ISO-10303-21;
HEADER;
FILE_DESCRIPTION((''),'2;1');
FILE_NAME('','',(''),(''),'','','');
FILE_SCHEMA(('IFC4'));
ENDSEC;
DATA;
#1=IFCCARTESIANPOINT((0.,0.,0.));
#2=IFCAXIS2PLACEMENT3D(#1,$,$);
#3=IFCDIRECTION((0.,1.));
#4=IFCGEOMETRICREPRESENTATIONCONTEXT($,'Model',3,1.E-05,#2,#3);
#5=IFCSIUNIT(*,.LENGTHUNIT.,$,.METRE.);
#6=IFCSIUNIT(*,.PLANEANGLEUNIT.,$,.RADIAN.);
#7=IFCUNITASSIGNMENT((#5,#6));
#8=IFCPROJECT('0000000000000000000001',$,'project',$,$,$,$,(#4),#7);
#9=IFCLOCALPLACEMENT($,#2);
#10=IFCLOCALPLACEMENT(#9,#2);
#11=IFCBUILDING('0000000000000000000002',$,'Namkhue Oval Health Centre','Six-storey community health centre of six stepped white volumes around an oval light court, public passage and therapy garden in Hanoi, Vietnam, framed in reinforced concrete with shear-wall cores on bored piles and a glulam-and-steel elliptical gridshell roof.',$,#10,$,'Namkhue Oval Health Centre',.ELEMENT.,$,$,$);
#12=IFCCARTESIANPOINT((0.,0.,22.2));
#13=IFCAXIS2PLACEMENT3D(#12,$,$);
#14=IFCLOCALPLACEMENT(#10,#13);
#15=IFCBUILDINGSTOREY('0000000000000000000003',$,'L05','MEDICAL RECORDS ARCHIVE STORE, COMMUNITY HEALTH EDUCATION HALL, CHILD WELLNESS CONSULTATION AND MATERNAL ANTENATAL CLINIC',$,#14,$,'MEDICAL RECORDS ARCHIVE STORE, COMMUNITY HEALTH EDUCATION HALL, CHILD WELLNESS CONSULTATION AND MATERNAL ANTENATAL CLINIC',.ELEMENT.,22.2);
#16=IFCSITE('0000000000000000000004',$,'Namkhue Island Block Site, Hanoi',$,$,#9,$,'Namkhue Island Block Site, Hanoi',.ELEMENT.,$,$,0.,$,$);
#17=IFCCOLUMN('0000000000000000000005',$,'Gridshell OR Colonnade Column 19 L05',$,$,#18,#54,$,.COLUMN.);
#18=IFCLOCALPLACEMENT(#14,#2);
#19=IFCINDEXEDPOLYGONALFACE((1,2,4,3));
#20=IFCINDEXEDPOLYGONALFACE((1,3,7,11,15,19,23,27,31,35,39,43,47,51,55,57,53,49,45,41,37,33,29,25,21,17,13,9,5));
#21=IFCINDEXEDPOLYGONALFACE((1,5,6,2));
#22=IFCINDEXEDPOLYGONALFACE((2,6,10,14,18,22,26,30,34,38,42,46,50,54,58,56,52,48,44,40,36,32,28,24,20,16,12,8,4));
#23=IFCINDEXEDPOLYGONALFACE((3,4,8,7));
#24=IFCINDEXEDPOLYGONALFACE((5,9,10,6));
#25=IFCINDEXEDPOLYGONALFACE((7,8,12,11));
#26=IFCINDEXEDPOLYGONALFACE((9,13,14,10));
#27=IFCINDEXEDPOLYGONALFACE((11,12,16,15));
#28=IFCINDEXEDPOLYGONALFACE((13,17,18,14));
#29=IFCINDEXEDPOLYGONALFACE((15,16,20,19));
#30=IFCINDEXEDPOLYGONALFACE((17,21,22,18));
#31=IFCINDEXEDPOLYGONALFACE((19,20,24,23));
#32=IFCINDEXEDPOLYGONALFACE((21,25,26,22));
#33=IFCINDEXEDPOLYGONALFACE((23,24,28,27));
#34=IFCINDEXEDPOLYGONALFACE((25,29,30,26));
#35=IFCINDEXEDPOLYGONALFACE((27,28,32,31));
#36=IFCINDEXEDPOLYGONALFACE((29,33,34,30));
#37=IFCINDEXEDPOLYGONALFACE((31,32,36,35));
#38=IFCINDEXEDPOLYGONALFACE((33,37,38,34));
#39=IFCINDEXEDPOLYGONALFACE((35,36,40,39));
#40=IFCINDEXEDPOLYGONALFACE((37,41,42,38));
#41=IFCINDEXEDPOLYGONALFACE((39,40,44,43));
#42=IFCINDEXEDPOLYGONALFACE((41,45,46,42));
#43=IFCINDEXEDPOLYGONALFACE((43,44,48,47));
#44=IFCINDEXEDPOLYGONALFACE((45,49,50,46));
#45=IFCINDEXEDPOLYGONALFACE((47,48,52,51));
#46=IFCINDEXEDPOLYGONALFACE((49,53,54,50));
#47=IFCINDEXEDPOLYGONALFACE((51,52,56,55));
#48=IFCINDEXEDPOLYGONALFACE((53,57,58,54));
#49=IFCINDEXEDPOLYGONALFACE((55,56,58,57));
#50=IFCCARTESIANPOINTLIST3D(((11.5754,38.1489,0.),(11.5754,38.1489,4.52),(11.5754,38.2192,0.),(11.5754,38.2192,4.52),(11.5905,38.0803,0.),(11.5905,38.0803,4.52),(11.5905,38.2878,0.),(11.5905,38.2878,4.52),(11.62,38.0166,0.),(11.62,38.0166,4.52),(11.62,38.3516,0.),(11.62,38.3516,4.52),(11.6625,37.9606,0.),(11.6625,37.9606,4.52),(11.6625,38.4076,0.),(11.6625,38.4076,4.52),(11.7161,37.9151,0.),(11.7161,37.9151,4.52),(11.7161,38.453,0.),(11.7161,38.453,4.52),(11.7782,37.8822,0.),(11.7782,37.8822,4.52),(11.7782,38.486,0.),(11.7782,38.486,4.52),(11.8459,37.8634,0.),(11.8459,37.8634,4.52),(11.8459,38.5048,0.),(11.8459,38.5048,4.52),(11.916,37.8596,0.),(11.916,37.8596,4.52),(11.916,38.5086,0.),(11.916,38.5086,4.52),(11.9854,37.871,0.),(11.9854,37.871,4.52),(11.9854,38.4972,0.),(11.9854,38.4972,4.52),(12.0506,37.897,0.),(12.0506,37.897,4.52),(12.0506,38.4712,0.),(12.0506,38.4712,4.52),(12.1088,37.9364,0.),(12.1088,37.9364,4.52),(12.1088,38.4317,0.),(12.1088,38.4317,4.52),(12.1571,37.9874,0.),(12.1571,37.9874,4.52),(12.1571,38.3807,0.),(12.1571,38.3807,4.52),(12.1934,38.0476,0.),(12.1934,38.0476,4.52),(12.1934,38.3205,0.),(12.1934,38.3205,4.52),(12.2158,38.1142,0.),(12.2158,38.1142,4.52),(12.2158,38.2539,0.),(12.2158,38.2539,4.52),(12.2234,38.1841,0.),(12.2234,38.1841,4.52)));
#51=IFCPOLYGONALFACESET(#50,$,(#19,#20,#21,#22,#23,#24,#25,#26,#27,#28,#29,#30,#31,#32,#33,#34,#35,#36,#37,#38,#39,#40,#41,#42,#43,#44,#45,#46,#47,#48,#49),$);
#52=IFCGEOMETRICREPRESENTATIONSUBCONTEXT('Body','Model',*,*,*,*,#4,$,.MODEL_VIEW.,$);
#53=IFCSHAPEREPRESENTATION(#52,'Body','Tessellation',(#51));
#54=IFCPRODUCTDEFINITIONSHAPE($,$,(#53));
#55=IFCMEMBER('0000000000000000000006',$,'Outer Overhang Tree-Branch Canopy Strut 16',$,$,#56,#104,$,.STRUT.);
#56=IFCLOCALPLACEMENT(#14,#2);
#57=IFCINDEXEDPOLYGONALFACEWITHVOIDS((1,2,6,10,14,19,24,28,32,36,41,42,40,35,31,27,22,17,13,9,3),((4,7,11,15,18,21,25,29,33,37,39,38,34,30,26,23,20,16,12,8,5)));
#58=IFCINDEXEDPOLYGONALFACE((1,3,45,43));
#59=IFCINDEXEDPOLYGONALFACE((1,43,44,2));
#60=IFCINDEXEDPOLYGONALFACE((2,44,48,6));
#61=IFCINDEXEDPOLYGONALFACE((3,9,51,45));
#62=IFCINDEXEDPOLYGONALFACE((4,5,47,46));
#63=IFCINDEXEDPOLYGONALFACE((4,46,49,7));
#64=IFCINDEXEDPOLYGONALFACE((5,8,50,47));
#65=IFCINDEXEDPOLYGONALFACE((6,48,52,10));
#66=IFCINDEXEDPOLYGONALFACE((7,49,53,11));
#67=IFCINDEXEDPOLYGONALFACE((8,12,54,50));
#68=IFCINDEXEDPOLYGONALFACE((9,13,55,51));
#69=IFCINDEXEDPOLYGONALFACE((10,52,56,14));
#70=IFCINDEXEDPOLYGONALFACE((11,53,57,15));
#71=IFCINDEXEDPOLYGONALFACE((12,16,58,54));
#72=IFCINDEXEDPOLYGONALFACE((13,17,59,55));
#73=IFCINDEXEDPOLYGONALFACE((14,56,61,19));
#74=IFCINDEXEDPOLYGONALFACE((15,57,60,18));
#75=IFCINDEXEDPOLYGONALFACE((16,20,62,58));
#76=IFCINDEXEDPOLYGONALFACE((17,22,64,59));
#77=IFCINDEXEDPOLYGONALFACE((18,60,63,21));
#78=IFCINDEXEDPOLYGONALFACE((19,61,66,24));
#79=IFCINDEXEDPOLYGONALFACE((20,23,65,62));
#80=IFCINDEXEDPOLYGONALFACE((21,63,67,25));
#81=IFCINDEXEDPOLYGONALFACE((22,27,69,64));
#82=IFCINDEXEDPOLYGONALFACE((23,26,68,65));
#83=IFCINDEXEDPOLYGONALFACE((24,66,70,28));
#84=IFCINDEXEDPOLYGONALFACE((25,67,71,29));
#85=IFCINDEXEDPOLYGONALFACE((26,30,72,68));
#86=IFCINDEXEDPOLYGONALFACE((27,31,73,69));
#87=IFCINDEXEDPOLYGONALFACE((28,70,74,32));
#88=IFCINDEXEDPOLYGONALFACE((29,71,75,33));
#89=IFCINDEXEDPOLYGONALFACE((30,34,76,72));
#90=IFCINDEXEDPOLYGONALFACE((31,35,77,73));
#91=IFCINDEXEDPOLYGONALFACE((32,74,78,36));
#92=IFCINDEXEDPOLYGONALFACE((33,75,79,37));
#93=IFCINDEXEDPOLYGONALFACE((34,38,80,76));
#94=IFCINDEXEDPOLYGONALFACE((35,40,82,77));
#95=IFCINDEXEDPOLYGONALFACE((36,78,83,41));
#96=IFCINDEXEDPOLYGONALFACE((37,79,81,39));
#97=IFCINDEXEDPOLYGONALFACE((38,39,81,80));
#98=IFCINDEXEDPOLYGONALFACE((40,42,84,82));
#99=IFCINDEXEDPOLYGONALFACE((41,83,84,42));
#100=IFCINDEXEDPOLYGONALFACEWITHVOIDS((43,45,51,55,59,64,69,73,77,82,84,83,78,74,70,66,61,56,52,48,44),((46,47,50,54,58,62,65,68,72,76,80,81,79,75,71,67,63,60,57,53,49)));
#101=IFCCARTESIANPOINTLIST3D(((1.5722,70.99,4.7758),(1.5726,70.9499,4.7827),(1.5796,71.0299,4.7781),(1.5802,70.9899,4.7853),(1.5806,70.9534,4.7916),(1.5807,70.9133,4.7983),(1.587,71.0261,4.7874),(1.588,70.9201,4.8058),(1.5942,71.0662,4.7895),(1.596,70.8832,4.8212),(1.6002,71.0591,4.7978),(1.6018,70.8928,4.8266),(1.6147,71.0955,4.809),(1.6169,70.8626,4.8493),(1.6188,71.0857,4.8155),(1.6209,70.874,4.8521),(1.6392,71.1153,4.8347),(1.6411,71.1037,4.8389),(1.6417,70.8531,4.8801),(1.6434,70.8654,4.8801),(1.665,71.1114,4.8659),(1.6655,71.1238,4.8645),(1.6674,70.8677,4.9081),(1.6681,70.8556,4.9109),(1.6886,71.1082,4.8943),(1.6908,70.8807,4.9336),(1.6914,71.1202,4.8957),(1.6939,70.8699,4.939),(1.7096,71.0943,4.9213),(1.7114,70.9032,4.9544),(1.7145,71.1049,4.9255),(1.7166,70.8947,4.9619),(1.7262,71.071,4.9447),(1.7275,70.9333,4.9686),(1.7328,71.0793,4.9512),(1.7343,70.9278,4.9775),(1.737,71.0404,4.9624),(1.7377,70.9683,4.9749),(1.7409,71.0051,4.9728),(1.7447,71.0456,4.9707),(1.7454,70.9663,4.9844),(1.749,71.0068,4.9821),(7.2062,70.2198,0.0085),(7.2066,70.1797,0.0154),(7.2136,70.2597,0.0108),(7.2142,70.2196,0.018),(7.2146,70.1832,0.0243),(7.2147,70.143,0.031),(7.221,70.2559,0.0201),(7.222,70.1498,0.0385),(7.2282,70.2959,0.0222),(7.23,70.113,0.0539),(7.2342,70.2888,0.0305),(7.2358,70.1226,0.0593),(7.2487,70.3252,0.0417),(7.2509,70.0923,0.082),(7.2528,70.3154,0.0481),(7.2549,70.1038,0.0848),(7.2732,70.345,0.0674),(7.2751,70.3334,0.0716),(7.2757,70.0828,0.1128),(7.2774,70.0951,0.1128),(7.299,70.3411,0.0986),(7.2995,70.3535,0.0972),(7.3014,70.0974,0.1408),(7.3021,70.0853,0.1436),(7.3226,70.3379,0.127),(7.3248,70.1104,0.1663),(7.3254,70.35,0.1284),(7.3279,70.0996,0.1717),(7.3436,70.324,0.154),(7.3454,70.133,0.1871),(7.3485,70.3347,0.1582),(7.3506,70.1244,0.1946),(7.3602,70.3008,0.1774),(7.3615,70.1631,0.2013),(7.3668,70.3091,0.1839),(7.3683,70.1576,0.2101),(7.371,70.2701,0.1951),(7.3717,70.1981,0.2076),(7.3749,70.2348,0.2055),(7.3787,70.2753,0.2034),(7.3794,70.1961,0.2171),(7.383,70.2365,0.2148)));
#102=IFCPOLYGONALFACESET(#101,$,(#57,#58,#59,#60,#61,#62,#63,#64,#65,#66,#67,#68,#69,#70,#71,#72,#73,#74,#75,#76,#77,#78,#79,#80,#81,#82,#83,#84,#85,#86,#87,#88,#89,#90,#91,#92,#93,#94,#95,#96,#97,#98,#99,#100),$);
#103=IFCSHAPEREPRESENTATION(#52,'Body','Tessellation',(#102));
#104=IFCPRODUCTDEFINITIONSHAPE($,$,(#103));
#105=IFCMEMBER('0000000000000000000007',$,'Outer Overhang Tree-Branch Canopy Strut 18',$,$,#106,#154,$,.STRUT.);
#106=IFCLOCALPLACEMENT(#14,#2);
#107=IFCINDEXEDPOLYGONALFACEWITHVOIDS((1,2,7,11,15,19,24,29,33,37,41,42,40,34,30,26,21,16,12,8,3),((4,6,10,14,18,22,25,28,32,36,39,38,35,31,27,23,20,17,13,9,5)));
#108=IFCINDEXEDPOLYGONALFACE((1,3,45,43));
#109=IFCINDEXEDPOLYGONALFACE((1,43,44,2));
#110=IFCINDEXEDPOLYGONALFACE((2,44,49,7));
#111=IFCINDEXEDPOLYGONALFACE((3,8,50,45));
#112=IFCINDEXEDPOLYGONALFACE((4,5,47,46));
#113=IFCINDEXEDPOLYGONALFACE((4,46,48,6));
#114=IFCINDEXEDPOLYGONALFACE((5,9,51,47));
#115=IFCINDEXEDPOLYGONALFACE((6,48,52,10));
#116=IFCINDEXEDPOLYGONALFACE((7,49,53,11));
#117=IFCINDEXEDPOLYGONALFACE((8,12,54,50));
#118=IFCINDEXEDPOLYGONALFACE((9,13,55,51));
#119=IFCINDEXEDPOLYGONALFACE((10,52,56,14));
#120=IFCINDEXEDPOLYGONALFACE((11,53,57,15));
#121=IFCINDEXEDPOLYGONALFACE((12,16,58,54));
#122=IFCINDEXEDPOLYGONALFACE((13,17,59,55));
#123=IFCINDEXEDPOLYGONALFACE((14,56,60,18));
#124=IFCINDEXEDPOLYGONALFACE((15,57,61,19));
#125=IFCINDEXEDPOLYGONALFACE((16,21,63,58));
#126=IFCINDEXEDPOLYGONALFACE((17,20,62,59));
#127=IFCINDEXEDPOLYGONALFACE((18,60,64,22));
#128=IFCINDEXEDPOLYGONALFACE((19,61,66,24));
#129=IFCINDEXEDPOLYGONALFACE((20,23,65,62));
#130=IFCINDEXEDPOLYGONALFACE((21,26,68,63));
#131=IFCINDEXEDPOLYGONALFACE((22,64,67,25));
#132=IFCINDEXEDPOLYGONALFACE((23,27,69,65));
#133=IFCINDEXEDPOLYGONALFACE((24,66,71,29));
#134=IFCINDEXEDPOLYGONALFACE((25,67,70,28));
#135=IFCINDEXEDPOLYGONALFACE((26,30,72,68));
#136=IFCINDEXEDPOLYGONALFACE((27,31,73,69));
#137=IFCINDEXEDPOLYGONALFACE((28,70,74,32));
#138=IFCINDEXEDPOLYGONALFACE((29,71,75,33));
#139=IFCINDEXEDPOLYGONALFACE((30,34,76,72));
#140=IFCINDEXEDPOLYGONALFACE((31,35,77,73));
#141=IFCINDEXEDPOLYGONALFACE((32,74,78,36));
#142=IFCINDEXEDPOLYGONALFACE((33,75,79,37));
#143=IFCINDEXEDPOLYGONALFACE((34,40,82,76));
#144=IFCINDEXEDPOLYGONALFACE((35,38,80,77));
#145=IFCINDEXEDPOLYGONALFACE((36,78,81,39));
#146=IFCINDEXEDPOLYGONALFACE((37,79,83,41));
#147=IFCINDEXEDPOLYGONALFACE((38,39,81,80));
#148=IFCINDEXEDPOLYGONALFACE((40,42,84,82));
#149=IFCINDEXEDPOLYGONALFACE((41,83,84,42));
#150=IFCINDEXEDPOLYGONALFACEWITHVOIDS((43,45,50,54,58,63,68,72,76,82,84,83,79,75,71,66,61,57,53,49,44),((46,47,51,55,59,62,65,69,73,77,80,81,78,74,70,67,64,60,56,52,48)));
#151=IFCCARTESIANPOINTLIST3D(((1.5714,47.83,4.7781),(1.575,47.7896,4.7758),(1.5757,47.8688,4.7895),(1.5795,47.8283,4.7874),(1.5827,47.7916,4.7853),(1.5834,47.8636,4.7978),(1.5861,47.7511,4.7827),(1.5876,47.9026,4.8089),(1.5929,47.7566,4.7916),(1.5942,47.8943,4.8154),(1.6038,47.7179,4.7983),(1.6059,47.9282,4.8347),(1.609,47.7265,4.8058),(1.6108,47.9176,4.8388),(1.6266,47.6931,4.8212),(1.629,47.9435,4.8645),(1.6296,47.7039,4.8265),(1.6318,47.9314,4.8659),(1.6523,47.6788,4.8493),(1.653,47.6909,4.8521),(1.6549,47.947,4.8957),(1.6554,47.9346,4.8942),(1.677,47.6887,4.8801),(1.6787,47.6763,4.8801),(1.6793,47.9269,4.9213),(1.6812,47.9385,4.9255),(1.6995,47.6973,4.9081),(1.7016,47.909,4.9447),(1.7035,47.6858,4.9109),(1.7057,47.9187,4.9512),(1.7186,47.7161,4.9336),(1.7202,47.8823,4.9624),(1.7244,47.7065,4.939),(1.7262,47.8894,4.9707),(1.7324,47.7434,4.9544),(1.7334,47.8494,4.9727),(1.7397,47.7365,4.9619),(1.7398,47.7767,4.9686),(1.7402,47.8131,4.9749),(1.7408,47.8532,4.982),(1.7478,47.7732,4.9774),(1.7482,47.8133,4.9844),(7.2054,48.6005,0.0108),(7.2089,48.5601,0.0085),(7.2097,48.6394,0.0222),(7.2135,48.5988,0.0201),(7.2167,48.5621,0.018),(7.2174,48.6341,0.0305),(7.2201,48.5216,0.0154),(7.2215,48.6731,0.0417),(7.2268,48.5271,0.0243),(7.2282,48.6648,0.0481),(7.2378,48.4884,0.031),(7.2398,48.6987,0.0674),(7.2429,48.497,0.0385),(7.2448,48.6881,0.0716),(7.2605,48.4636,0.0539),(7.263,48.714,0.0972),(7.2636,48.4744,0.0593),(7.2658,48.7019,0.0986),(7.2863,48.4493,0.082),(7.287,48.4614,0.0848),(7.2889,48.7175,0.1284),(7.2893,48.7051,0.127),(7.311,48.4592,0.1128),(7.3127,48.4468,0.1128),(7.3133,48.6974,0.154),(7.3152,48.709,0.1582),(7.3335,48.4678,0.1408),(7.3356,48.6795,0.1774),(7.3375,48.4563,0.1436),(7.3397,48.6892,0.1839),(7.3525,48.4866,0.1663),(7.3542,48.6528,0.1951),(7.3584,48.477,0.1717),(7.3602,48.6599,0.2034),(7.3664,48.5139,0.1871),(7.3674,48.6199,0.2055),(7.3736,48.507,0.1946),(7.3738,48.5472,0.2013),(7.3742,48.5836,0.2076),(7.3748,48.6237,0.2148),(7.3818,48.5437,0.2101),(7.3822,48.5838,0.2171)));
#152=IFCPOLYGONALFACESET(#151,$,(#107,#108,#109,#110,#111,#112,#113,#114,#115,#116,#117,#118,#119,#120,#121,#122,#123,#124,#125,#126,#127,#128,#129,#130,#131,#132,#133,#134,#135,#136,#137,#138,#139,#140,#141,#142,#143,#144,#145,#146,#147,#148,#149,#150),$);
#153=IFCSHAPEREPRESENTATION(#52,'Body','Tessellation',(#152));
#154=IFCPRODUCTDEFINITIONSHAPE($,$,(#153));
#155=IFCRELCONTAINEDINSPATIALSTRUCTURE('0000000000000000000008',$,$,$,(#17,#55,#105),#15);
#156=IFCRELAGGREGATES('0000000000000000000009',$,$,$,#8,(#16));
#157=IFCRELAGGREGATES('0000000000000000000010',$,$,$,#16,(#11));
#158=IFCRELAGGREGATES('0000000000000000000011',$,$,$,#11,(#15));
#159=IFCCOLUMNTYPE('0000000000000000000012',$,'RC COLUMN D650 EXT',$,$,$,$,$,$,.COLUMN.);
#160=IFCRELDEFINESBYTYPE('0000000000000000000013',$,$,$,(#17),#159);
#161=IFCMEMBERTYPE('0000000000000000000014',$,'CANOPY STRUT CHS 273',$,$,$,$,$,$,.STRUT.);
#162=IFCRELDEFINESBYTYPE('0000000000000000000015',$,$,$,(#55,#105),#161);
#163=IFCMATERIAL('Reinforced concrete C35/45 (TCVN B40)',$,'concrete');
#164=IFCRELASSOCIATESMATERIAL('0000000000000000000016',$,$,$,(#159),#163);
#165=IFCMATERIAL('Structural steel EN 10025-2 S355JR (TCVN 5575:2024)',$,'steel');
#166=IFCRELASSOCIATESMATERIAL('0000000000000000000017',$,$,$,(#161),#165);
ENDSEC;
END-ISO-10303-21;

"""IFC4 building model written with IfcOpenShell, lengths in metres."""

from ifc_helpers import new_model, si_unit, direction, frame, origin, origin_2d, place, context, subcontext, project, spatial, circle, hollow_circle, extrude, material, material_profile, profile_set, type_object, element, save


model = new_model("IFC4")

# Units and contexts
model_context = context("Model", 3, precision=1e-05, world=origin(), true_north=direction((0.0, 1.0)))
body_context = subcontext(model_context, "Body", "Model", "MODEL_VIEW")
ifc_project = project(units=[si_unit("LENGTHUNIT", "METRE"), si_unit("PLANEANGLEUNIT", "RADIAN")], contexts=[model_context])

# Site, building, storey
site_placement = place(None, origin())
site = spatial("IfcSite", under=ifc_project, at=site_placement, Name="Namkhue Island Block Site, Hanoi", LongName="Namkhue Island Block Site, Hanoi", CompositionType="ELEMENT", RefElevation=0.0)
building_placement = place(site_placement, origin())
building = spatial("IfcBuilding", under=site, at=building_placement, Name="Namkhue Oval Health Centre", Description="Six-storey community health centre of six stepped white volumes around an oval light court, public passage and therapy garden in Hanoi, Vietnam, framed in reinforced concrete with shear-wall cores on bored piles and a glulam-and-steel elliptical gridshell roof.", LongName="Namkhue Oval Health Centre", CompositionType="ELEMENT")
storey_placement = place(building_placement, frame((0.0, 0.0, 22.2)))
storey = spatial("IfcBuildingStorey", under=building, at=storey_placement, Name="L05", Description="MEDICAL RECORDS ARCHIVE STORE, COMMUNITY HEALTH EDUCATION HALL, CHILD WELLNESS CONSULTATION AND MATERNAL ANTENATAL CLINIC", LongName="MEDICAL RECORDS ARCHIVE STORE, COMMUNITY HEALTH EDUCATION HALL, CHILD WELLNESS CONSULTATION AND MATERNAL ANTENATAL CLINIC", CompositionType="ELEMENT", Elevation=22.2)

# Column
ifc_material_1 = material(Name="Reinforced concrete C35/45 (TCVN B40)", Category="concrete")
ifc_material_profile_1 = material_profile(ifc_material_1, circle(Radius=0.325, at=origin_2d()), Name="RC D650")
ifc_profile_set_1 = profile_set([ifc_material_profile_1], Name="Reinforced concrete C35/45 (TCVN B40)")
column_type_1 = type_object("IfcColumnType", Name="RC COLUMN D650 EXT", PredefinedType="COLUMN", material=ifc_profile_set_1)
for number, where, z_axis, x_axis, name in (
    (1, (11.8984, 38.1841, 0.0), (0.0, 0.0, 1.0), (1.0, 0.0, 0.0), "Gridshell OR Colonnade Column 19 L05"),
):
    element("IfcColumn", number, at=place(storey_placement, frame(where, z_axis=z_axis, x_axis=x_axis)), inside=storey, type_object=column_type_1, Name=name, PredefinedType="COLUMN", context=body_context, shape_type="SweptSolid", body=[
        extrude(circle(Radius=0.325, at=origin_2d()), origin(), (0.0, 0.0, 1.0), 4.52),
    ])

# Members
ifc_material_2 = material(Name="Structural steel EN 10025-2 S355JR (TCVN 5575:2024)", Category="steel")
ifc_material_profile_2 = material_profile(ifc_material_2, hollow_circle(Radius=0.1365, WallThickness=0.0125, at=origin_2d()), Name="CHS 273x12.5")
ifc_profile_set_2 = profile_set([ifc_material_profile_2], Name="Structural steel EN 10025-2 S355JR (TCVN 5575:2024)")
member_type_1 = type_object("IfcMemberType", Name="CANOPY STRUT CHS 273", PredefinedType="STRUT", material=ifc_profile_set_2)
for number, where, z_axis, x_axis, name in (
    (2, (7.2942, 70.218, 0.1128), (-0.759257, 0.103803, 0.642459), (-0.135456, -0.990783, 0.0), "Outer Overhang Tree-Branch Canopy Strut 16"),
    (3, (7.2942, 48.582, 0.1128), (-0.759255, -0.103835, 0.642457), (0.135498, -0.990778, 0.0), "Outer Overhang Tree-Branch Canopy Strut 18"),
):
    element("IfcMember", number, at=place(storey_placement, frame(where, z_axis=z_axis, x_axis=x_axis)), inside=storey, type_object=member_type_1, Name=name, PredefinedType="STRUT", context=body_context, shape_type="SweptSolid", body=[
        extrude(hollow_circle(Radius=0.1365, WallThickness=0.0125, at=origin_2d()), origin(), (0.0, 0.0, 1.0), 7.4204),
    ])

save(model, "model.ifc")
